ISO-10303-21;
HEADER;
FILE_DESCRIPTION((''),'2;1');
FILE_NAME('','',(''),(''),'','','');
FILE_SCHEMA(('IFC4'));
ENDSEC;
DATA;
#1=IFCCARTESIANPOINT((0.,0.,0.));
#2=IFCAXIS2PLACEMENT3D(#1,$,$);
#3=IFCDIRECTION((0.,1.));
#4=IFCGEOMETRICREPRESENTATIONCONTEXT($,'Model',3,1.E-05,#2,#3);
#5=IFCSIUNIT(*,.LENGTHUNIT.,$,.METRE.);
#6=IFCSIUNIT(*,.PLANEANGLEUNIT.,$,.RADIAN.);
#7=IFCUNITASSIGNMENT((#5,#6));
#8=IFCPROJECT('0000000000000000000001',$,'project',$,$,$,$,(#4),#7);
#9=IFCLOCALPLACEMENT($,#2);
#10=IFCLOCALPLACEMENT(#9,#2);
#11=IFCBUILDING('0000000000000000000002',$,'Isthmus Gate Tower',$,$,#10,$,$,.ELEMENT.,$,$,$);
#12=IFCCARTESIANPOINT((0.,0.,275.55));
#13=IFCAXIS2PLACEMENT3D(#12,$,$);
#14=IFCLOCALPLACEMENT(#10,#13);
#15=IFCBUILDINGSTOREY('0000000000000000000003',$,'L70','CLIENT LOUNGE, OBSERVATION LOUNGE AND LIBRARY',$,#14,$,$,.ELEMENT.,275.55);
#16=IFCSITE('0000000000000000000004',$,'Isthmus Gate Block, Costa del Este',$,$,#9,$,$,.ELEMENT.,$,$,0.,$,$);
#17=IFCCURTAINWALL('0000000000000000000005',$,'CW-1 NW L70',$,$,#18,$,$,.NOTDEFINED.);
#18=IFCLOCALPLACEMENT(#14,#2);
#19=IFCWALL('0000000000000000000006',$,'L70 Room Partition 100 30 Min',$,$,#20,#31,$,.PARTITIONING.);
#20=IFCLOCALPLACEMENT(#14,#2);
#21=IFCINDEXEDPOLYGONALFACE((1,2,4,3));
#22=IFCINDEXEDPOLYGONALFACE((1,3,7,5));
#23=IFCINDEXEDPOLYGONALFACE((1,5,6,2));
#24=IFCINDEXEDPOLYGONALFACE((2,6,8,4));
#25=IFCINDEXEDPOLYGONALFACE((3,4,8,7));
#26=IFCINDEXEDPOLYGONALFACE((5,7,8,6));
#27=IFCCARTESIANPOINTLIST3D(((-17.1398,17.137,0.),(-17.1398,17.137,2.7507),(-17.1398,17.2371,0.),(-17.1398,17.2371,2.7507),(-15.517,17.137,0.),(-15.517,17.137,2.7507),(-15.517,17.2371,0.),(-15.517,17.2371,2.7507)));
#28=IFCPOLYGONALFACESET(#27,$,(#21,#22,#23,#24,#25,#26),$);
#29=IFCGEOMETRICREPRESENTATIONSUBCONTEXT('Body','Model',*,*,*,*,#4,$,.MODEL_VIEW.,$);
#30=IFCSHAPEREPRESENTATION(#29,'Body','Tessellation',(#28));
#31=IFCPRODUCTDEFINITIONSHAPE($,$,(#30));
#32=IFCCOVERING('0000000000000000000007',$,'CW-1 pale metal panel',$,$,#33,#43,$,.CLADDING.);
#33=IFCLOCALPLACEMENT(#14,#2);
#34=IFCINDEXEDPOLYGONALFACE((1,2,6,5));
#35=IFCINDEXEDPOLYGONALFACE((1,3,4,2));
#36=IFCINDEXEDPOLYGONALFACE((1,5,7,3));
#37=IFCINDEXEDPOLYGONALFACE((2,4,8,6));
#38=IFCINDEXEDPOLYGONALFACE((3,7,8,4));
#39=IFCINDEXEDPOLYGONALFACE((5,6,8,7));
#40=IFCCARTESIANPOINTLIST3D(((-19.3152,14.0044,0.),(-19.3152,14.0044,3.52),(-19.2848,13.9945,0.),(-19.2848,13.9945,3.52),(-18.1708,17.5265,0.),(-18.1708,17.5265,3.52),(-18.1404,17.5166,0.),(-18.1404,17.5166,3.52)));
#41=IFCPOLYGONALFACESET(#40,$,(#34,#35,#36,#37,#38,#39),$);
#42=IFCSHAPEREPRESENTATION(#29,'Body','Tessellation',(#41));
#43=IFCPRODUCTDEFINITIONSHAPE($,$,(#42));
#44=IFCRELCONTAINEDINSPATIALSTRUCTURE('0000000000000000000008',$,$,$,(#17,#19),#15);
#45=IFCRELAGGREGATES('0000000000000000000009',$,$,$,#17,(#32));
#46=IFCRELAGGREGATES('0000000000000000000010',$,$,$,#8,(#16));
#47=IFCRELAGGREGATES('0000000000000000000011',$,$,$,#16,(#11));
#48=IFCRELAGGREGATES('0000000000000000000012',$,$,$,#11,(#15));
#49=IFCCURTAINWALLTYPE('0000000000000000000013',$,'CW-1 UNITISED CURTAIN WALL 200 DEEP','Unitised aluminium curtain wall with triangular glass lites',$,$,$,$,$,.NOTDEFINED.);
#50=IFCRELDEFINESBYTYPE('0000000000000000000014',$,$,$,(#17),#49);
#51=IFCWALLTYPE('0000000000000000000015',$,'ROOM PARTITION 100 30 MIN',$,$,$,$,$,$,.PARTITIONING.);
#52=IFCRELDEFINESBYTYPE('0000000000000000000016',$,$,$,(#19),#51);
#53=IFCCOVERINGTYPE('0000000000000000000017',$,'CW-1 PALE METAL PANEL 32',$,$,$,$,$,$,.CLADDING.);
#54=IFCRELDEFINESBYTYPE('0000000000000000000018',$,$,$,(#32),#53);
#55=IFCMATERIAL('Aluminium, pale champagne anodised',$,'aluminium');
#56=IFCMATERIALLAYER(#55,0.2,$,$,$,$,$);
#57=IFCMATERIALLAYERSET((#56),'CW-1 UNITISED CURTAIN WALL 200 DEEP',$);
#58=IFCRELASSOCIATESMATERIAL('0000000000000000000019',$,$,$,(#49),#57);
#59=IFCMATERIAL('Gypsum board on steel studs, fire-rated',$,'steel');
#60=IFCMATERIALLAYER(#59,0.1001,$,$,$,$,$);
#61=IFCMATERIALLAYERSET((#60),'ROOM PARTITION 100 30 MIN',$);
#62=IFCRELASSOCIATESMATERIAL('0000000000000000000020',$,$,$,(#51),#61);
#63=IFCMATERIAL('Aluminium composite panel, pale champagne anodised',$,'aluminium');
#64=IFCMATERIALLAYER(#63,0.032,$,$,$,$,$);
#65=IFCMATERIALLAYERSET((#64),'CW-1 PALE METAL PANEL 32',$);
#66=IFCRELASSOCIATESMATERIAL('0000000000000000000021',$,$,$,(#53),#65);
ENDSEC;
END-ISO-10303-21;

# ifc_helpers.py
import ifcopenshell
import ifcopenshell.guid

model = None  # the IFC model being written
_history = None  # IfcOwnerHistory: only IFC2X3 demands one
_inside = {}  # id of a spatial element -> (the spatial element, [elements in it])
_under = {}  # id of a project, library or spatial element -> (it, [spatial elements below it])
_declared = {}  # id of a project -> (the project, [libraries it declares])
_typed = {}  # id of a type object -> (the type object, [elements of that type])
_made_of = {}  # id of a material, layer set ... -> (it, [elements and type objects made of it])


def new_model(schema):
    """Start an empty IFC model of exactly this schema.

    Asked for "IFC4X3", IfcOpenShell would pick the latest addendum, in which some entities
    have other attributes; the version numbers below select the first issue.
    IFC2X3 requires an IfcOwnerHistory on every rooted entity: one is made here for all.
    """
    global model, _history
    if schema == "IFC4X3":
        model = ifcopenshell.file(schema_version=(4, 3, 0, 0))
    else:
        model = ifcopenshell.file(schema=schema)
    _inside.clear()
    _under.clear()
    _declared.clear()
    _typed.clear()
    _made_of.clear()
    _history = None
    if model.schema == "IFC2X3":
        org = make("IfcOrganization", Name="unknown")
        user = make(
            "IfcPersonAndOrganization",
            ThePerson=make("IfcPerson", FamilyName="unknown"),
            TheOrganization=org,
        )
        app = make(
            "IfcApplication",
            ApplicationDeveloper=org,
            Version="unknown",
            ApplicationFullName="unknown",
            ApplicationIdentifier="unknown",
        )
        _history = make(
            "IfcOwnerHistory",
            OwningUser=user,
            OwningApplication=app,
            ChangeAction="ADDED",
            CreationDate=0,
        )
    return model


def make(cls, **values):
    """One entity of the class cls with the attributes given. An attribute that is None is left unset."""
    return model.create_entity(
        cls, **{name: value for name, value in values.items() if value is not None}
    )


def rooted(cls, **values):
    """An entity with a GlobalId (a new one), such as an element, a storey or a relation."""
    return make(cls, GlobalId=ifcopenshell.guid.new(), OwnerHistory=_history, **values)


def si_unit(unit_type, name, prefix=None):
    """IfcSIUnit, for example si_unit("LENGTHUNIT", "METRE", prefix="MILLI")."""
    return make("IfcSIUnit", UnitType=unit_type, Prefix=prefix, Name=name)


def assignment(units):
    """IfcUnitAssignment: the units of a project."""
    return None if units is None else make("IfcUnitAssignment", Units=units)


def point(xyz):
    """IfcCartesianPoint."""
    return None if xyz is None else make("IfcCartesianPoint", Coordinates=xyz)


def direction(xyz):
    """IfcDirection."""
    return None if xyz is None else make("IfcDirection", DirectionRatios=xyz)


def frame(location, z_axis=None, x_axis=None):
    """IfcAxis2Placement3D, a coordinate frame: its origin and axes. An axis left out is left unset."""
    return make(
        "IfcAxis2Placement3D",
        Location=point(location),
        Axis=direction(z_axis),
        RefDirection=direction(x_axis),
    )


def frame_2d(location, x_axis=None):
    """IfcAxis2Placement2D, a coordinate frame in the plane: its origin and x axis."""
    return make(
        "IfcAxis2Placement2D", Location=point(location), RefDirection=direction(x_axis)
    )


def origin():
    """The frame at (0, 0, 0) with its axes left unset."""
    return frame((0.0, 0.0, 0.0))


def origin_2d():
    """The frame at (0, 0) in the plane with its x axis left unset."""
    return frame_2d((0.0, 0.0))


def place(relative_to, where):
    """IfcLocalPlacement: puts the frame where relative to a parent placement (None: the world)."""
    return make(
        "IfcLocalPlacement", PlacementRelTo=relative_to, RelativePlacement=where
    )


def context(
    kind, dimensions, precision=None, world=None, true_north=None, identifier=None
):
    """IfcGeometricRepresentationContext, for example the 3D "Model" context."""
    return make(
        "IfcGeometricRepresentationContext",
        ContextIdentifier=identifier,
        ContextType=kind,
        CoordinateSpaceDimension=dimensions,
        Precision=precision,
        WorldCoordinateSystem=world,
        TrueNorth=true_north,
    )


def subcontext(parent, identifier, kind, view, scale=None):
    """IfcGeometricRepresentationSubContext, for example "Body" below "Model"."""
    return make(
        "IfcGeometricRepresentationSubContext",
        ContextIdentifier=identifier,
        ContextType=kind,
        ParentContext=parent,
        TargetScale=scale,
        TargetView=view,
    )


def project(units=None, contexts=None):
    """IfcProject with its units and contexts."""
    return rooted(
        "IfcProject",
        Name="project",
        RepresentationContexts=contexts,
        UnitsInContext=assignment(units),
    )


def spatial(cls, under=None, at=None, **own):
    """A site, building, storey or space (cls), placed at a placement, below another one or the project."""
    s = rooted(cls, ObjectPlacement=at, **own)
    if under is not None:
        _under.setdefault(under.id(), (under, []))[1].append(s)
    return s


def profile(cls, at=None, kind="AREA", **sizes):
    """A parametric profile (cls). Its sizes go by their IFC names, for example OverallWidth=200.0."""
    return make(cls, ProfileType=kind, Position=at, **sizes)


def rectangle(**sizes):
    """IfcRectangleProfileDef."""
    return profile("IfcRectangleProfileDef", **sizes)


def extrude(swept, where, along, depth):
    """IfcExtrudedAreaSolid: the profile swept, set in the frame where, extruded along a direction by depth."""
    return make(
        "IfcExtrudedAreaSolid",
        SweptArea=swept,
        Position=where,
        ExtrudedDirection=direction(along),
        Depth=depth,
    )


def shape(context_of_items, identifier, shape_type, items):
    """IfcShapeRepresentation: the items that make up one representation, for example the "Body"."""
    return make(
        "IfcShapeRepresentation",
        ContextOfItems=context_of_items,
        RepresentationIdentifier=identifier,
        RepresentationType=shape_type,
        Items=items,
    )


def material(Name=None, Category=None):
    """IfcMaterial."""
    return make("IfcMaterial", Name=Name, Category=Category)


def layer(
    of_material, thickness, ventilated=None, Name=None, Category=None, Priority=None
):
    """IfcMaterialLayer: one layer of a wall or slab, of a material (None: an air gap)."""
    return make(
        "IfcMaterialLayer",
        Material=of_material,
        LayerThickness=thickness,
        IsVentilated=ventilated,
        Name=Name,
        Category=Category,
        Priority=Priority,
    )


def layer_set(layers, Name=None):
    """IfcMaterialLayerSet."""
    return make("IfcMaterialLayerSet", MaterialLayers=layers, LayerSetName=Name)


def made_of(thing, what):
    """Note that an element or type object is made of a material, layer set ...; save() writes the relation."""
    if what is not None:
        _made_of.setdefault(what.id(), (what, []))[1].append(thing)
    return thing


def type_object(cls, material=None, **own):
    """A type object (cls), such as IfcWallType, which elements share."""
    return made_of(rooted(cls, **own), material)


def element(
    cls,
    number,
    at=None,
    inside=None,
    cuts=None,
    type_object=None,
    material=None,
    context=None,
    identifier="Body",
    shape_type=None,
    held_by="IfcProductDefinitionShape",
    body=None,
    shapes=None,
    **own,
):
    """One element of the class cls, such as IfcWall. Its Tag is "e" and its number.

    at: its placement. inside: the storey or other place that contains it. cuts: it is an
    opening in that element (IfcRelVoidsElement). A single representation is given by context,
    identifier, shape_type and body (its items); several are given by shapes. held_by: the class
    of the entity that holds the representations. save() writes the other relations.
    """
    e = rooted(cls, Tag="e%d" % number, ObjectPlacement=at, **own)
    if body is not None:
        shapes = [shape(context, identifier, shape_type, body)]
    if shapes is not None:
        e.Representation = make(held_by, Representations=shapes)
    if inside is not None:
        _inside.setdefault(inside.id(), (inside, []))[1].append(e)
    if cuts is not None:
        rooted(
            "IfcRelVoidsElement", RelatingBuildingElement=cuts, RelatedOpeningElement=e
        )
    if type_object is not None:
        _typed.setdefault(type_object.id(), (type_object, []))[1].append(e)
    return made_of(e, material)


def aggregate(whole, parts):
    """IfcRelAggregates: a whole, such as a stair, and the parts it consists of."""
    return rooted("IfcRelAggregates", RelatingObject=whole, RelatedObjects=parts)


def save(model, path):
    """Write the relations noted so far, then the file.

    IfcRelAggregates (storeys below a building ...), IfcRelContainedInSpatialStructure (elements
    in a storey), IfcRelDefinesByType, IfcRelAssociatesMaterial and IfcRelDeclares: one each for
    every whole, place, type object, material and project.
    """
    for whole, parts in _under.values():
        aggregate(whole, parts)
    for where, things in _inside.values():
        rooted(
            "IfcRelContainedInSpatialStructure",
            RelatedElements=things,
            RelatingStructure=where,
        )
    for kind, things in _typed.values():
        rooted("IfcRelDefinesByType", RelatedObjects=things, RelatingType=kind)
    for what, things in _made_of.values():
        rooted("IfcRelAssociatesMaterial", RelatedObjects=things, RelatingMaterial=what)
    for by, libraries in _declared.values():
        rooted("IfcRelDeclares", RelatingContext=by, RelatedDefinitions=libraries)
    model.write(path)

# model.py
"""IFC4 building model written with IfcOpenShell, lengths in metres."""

from ifc_helpers import new_model, si_unit, direction, frame, frame_2d, origin, origin_2d, place, context, subcontext, project, spatial, rectangle, extrude, material, layer, layer_set, type_object, element, aggregate, save


model = new_model("IFC4")

# Units and contexts
model_context = context("Model", 3, precision=1e-05, world=origin(), true_north=direction((0.0, 1.0)))
body_context = subcontext(model_context, "Body", "Model", "MODEL_VIEW")
ifc_project = project(units=[si_unit("LENGTHUNIT", "METRE"), si_unit("PLANEANGLEUNIT", "RADIAN")], contexts=[model_context])

# Site, building, storey
site_placement = place(None, origin())
site = spatial("IfcSite", under=ifc_project, at=site_placement, Name="Isthmus Gate Block, Costa del Este", CompositionType="ELEMENT", RefElevation=0.0)
building_placement = place(site_placement, origin())
building = spatial("IfcBuilding", under=site, at=building_placement, Name="Isthmus Gate Tower", CompositionType="ELEMENT")
storey_placement = place(building_placement, frame((0.0, 0.0, 275.55)))
storey = spatial("IfcBuildingStorey", under=building, at=storey_placement, Name="L70", Description="CLIENT LOUNGE, OBSERVATION LOUNGE AND LIBRARY", CompositionType="ELEMENT", Elevation=275.55)

# Shared definitions
ifc_material_1 = material(Name="Aluminium, pale champagne anodised", Category="aluminium")
ifc_layer_1 = layer(ifc_material_1, 0.2)
ifc_layer_set_1 = layer_set([ifc_layer_1], Name="CW-1 UNITISED CURTAIN WALL 200 DEEP")
curtain_wall_type = type_object("IfcCurtainWallType", Name="CW-1 UNITISED CURTAIN WALL 200 DEEP", Description="Unitised aluminium curtain wall with triangular glass lites", PredefinedType="NOTDEFINED", material=ifc_layer_set_1)

# Curtain wall
curtain_wall_1_placement = place(storey_placement, origin())
curtain_wall_1 = element("IfcCurtainWall", 1, at=curtain_wall_1_placement, inside=storey, type_object=curtain_wall_type, Name="CW-1 NW L70", PredefinedType="NOTDEFINED")

# Wall
ifc_material_2 = material(Name="Gypsum board on steel studs, fire-rated", Category="steel")
ifc_layer_2 = layer(ifc_material_2, 0.1001)
ifc_layer_set_2 = layer_set([ifc_layer_2], Name="ROOM PARTITION 100 30 MIN")
wall_type_1 = type_object("IfcWallType", Name="ROOM PARTITION 100 30 MIN", PredefinedType="PARTITIONING", material=ifc_layer_set_2)
wall_1_placement = place(storey_placement, frame((-17.1399, 17.187, 0.0), z_axis=(0.0, 0.0, 1.0), x_axis=(1.0, 0.0, 0.0)))
element("IfcWall", 2, at=wall_1_placement, inside=storey, type_object=wall_type_1, Name="L70 Room Partition 100 30 Min", PredefinedType="PARTITIONING", context=body_context, shape_type="SweptSolid", body=[
    extrude(rectangle(XDim=1.6228, YDim=0.1001, at=frame_2d((0.8115, 0.0))), origin(), (0.0, 0.0, 1.0), 2.7507),
])

# Covering
ifc_material_3 = material(Name="Aluminium composite panel, pale champagne anodised", Category="aluminium")
ifc_layer_3 = layer(ifc_material_3, 0.032)
ifc_layer_set_3 = layer_set([ifc_layer_3], Name="CW-1 PALE METAL PANEL 32")
covering_type = type_object("IfcCoveringType", Name="CW-1 PALE METAL PANEL 32", PredefinedType="CLADDING", material=ifc_layer_set_3)
covering_placement = place(storey_placement, frame((-18.7278, 15.7605, 0.0), z_axis=(0.0, 0.0, 1.0), x_axis=(-0.309017, -0.951057, 0.0)))
covering = element("IfcCovering", 3, at=covering_placement, type_object=covering_type, Name="CW-1 pale metal panel", PredefinedType="CLADDING", context=body_context, shape_type="SweptSolid", body=[
    extrude(rectangle(XDim=3.7034, YDim=0.032, at=origin_2d()), origin(), (0.0, 0.0, 1.0), 3.52),
])
aggregate(curtain_wall_1, [covering])

save(model, "model.ifc")
